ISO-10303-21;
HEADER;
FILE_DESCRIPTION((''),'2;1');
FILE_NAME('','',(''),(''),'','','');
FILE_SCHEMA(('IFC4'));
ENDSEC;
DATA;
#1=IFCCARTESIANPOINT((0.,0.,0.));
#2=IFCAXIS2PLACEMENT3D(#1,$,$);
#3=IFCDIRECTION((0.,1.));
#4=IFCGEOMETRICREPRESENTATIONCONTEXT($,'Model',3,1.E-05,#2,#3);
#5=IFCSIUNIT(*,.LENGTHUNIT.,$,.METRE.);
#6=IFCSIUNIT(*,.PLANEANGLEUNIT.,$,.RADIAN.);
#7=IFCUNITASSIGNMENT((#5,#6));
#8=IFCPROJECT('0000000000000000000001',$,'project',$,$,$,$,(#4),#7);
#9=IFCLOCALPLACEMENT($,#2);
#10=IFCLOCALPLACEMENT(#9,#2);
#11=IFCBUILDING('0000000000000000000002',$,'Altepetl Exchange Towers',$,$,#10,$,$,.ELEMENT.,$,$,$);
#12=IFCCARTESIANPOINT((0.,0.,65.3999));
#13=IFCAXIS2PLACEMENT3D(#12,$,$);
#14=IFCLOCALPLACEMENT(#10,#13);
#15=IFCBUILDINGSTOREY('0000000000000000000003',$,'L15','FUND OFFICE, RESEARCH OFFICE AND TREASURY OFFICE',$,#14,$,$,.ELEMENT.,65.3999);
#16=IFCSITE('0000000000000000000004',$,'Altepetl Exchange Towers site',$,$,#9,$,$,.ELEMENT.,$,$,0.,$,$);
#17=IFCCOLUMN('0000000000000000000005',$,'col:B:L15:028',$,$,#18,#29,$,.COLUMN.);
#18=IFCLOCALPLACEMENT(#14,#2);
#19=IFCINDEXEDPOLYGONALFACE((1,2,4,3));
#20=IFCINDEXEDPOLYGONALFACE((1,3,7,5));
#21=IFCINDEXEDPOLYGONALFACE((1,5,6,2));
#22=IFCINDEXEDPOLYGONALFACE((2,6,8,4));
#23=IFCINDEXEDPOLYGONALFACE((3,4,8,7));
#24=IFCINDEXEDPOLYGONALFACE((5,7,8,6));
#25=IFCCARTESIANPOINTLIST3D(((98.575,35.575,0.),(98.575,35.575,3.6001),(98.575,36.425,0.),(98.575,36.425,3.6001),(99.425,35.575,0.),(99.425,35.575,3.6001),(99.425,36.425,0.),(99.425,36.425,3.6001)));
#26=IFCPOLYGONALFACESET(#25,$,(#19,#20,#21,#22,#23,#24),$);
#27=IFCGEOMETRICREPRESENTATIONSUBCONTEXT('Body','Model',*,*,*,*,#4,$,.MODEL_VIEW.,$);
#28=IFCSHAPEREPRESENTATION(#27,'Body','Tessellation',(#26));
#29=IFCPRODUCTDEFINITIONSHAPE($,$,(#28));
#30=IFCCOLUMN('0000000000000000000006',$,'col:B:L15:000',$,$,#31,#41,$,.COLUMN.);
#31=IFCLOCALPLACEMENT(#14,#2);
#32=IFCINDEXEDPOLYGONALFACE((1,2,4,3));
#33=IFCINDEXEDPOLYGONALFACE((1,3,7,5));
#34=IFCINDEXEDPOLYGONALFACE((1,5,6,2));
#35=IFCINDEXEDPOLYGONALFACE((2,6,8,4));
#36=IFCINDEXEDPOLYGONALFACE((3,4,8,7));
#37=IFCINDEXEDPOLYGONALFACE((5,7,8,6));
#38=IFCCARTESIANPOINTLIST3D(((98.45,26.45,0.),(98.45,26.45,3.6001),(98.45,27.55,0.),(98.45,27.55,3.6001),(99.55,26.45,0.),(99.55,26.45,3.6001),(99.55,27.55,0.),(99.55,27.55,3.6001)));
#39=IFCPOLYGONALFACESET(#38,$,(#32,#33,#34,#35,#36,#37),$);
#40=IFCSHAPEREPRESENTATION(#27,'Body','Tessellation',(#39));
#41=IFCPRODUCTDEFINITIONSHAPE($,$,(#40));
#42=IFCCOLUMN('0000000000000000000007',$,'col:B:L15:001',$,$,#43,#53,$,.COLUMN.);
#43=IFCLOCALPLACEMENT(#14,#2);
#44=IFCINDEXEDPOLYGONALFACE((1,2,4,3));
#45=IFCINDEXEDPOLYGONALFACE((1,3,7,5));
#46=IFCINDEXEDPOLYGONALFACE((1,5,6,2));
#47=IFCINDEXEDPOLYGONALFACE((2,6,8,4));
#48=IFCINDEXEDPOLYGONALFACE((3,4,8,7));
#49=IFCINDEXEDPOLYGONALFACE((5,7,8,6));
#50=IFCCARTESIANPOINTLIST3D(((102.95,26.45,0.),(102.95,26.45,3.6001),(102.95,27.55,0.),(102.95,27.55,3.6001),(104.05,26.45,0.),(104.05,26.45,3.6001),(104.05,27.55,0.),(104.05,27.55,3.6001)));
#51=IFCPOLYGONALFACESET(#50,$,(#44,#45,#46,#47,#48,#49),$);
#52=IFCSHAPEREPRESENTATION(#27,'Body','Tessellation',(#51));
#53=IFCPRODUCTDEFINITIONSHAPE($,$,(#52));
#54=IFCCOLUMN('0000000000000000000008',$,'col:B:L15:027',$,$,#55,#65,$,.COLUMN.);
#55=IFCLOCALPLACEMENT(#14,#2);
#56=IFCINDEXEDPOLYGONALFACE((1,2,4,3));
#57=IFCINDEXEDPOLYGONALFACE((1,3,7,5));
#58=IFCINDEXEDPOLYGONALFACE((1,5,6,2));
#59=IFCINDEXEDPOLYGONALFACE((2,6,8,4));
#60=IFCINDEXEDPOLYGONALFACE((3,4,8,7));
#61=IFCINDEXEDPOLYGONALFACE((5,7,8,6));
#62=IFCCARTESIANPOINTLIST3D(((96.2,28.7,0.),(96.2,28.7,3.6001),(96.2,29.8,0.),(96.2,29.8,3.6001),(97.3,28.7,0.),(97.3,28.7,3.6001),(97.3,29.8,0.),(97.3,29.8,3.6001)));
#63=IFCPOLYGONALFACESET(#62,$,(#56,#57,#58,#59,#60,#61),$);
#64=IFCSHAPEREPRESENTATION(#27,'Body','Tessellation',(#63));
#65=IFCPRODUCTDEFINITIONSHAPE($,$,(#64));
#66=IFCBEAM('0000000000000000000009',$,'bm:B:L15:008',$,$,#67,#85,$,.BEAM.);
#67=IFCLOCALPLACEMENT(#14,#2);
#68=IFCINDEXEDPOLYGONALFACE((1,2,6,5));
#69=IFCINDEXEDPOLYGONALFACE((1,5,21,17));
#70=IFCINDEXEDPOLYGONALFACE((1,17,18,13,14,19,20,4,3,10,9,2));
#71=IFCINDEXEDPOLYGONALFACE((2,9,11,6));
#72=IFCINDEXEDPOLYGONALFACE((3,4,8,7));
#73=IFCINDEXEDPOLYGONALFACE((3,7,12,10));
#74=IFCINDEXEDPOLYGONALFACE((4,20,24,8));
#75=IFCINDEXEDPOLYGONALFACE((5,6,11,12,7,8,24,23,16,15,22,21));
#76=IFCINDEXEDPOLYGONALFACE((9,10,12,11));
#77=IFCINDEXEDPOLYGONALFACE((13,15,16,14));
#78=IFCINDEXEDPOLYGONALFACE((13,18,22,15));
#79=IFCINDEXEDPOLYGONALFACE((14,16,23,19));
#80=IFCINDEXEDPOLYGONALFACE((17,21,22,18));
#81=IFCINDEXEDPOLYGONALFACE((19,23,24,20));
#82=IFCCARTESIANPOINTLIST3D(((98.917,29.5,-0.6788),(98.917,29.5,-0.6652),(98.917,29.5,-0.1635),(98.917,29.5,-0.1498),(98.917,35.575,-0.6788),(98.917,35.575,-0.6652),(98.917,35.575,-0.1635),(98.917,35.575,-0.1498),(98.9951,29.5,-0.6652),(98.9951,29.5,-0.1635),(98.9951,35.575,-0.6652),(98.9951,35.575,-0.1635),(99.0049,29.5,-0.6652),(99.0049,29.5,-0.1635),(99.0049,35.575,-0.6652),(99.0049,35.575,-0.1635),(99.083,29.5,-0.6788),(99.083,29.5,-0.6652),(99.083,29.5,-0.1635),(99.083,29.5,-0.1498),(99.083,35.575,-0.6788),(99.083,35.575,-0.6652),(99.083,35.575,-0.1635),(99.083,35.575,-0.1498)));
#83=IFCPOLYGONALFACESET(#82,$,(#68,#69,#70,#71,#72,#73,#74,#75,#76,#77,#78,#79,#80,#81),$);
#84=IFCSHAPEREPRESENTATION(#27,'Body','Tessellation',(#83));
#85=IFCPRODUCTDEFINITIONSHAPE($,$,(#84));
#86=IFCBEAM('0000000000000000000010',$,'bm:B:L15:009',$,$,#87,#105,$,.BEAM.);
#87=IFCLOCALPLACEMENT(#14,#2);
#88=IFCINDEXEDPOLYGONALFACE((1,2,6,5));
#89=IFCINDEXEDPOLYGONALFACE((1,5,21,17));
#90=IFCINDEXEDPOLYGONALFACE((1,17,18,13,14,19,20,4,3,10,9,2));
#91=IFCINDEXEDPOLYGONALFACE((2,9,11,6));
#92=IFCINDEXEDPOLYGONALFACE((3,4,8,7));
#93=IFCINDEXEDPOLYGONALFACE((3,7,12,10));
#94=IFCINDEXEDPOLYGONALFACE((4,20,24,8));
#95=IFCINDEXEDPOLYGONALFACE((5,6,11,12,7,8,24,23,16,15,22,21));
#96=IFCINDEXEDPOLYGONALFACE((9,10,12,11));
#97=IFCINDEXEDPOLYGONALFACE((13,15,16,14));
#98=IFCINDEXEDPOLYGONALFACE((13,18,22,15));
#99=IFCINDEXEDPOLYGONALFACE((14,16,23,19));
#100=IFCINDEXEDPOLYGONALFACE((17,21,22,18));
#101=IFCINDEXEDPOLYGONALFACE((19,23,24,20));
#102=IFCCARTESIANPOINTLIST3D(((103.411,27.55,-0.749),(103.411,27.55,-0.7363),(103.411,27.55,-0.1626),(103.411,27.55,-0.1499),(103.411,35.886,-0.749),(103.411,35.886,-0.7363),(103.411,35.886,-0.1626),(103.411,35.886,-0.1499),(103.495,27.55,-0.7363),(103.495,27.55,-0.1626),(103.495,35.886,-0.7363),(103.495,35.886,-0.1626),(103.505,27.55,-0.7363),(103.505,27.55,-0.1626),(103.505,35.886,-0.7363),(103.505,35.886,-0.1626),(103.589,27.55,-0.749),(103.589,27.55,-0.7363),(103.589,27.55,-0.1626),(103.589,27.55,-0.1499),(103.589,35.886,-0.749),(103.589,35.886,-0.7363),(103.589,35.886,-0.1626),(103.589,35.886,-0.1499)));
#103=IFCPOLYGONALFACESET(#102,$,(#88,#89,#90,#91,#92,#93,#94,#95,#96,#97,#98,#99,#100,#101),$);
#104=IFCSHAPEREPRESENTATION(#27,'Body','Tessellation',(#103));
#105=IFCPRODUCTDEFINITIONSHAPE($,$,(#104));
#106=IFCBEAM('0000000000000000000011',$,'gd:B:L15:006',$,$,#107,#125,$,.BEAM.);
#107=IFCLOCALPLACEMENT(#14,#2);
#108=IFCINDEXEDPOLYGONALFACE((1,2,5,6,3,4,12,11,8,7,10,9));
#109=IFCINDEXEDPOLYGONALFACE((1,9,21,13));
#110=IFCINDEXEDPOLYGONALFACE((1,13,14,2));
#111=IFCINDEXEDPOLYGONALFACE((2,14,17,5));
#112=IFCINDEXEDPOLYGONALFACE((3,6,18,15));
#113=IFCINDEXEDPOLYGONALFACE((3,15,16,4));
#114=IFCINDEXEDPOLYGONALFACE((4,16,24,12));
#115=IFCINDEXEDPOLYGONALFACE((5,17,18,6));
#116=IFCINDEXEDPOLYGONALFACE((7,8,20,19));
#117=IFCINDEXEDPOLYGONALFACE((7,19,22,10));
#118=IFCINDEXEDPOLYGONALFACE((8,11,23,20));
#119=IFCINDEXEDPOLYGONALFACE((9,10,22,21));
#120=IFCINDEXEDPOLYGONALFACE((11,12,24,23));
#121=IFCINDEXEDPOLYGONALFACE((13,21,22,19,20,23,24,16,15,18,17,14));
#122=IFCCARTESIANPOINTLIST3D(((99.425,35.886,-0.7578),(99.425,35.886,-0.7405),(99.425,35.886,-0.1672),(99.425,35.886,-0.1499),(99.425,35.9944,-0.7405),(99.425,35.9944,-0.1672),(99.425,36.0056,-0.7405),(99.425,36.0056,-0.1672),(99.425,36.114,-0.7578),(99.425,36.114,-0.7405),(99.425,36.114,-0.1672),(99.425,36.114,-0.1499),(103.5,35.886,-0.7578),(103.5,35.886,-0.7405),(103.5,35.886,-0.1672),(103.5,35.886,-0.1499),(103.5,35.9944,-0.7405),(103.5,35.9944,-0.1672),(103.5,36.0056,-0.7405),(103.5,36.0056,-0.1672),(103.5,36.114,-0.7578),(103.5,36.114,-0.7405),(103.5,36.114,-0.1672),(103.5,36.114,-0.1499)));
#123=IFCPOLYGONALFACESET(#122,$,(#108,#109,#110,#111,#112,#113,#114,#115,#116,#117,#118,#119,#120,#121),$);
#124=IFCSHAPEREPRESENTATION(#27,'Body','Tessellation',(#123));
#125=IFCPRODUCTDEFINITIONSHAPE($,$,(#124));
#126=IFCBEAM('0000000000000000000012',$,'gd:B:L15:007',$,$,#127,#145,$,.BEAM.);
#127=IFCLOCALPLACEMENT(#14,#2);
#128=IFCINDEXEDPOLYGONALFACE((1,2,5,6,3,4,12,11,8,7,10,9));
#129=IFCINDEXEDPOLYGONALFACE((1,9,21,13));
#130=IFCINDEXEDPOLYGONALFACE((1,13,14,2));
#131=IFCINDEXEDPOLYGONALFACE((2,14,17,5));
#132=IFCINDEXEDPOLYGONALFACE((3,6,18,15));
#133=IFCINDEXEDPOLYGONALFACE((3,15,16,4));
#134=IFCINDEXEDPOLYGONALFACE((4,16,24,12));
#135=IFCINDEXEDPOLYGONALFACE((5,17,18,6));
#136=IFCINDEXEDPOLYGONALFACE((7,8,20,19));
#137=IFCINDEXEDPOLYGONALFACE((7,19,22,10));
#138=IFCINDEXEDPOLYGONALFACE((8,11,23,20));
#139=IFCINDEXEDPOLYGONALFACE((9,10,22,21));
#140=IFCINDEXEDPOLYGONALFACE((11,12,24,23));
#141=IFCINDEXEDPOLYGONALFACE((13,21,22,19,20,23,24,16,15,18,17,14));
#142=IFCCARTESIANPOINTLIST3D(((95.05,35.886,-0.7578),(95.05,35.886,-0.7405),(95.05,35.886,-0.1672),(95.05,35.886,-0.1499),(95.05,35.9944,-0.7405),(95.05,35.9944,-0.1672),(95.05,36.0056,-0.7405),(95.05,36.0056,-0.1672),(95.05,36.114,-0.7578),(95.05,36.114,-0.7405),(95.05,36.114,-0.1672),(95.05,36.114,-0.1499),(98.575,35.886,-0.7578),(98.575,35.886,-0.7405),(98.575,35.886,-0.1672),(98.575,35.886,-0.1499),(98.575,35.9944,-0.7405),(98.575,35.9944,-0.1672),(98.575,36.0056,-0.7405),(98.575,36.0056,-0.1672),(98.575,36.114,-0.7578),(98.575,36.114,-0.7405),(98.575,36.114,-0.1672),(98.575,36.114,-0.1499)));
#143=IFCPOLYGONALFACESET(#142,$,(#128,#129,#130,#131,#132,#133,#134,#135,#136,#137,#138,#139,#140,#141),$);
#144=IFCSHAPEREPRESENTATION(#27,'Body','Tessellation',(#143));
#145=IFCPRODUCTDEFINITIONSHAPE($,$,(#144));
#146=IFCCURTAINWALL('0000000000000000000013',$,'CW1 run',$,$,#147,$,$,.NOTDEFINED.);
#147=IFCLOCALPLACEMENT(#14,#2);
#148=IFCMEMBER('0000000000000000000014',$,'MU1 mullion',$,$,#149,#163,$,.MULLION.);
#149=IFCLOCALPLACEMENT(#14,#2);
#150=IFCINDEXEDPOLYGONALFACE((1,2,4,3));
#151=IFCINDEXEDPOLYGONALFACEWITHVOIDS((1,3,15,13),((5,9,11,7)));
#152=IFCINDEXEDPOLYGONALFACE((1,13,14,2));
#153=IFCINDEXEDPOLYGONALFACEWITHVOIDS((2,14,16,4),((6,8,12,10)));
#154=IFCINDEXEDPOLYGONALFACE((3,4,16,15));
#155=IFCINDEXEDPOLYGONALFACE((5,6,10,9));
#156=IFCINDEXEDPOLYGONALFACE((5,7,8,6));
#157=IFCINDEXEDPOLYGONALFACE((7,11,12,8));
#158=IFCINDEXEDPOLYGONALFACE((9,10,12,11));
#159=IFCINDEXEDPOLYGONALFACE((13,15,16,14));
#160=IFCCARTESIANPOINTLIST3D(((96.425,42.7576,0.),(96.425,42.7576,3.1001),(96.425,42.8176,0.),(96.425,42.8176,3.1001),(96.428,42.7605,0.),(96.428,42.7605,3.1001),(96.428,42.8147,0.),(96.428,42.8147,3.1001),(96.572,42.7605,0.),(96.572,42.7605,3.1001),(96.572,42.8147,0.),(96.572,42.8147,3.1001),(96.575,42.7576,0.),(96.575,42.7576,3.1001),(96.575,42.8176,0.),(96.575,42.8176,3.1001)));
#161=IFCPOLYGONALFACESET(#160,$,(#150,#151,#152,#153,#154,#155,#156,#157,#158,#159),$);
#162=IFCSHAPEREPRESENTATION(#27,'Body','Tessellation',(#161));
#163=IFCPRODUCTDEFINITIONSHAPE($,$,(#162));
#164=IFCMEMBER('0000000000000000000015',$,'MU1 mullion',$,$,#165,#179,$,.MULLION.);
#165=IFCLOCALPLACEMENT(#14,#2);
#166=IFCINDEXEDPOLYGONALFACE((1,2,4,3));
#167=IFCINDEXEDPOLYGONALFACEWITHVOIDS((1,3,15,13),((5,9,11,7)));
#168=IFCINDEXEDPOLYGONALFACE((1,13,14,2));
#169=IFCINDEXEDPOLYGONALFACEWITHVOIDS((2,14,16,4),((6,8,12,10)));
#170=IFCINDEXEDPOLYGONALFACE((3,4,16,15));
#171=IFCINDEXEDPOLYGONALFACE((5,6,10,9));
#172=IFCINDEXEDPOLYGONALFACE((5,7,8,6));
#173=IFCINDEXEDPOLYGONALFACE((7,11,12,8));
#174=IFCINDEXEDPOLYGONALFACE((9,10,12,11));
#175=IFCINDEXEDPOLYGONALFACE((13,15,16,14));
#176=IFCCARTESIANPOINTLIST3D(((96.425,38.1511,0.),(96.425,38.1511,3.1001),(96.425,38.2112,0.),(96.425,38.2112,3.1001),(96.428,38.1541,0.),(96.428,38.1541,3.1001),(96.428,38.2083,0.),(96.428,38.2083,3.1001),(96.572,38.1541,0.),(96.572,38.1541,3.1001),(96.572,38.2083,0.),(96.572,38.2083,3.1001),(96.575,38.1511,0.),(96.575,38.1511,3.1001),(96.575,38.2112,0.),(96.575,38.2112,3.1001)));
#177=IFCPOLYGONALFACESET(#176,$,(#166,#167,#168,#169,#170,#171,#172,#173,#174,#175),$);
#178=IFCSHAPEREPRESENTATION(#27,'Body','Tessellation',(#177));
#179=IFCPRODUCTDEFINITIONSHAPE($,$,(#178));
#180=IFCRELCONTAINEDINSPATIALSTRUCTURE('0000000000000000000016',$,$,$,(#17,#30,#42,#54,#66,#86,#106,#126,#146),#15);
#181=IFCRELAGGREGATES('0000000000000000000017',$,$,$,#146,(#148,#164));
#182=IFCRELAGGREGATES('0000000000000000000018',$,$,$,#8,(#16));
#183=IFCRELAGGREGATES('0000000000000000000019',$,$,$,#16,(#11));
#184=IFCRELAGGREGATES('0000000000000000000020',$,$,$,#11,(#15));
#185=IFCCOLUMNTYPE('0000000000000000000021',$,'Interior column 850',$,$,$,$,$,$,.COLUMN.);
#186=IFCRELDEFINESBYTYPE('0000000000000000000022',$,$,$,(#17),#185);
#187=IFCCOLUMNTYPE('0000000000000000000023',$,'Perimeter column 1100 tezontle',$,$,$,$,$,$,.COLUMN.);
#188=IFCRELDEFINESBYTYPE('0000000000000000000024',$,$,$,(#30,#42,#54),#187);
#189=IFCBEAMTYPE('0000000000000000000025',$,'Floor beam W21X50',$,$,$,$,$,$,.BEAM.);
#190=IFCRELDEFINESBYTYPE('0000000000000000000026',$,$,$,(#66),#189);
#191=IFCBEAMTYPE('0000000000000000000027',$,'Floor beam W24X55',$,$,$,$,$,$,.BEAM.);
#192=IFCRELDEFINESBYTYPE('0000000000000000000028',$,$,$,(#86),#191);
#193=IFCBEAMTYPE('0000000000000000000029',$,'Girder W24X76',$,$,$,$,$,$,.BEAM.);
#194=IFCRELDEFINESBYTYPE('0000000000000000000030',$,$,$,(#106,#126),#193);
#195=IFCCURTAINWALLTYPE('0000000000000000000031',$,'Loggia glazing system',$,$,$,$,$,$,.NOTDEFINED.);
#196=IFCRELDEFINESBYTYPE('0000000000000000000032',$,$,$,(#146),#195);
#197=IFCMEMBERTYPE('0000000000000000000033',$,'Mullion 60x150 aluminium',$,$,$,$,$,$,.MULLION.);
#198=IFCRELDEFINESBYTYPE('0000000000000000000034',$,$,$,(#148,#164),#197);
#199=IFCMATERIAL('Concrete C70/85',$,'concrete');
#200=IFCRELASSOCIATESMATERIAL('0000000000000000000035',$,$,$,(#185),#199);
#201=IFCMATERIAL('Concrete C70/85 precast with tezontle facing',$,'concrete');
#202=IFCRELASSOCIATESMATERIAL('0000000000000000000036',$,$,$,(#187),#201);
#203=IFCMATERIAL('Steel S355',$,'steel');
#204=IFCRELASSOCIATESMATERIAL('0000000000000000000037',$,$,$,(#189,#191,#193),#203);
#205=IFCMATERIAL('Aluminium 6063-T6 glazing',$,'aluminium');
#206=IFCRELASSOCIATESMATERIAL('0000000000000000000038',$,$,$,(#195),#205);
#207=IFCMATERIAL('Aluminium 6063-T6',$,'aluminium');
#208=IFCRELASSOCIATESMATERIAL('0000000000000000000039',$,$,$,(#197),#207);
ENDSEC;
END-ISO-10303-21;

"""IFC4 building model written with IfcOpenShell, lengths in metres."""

from ifc_helpers import new_model, si_unit, direction, frame, origin, origin_2d, place, context, subcontext, project, spatial, rectangle, hollow_rectangle, i_section, extrude, material, material_profile, profile_set, type_object, element, aggregate, save


model = new_model("IFC4")

# Units and contexts
model_context = context("Model", 3, precision=1e-05, world=origin(), true_north=direction((0.0, 1.0)))
body_context = subcontext(model_context, "Body", "Model", "MODEL_VIEW")
ifc_project = project(units=[si_unit("LENGTHUNIT", "METRE"), si_unit("PLANEANGLEUNIT", "RADIAN")], contexts=[model_context])

# Site, building, storey
site_placement = place(None, origin())
site = spatial("IfcSite", under=ifc_project, at=site_placement, Name="Altepetl Exchange Towers site", CompositionType="ELEMENT", RefElevation=0.0)
building_placement = place(site_placement, origin())
building = spatial("IfcBuilding", under=site, at=building_placement, Name="Altepetl Exchange Towers", CompositionType="ELEMENT")
storey_placement = place(building_placement, frame((0.0, 0.0, 65.3999)))
storey = spatial("IfcBuildingStorey", under=building, at=storey_placement, Name="L15", Description="FUND OFFICE, RESEARCH OFFICE AND TREASURY OFFICE", CompositionType="ELEMENT", Elevation=65.3999)

# Columns
ifc_material_1 = material(Name="Concrete C70/85", Category="concrete")
ifc_material_profile_1 = material_profile(ifc_material_1, rectangle(XDim=0.8501, YDim=0.8501, at=origin_2d()), Name="850 x 850")
ifc_profile_set_1 = profile_set([ifc_material_profile_1], Name="Concrete C70/85")
column_type_1 = type_object("IfcColumnType", Name="Interior column 850", PredefinedType="COLUMN", material=ifc_profile_set_1)
column_placement = place(storey_placement, frame((99.0, 36.0, 0.0)))
element("IfcColumn", 1, at=column_placement, inside=storey, type_object=column_type_1, Name="col:B:L15:028", PredefinedType="COLUMN", context=body_context, shape_type="SweptSolid", body=[
    extrude(rectangle(XDim=0.8501, YDim=0.8501, at=origin_2d()), origin(), (0.0, 0.0, 1.0), 3.6001),
])
ifc_material_2 = material(Name="Concrete C70/85 precast with tezontle facing", Category="concrete")
ifc_material_profile_2 = material_profile(ifc_material_2, rectangle(XDim=1.1001, YDim=1.1001, at=origin_2d()), Name="1100 x 1100")
ifc_profile_set_2 = profile_set([ifc_material_profile_2], Name="Concrete C70/85 precast with tezontle facing")
column_type_2 = type_object("IfcColumnType", Name="Perimeter column 1100 tezontle", PredefinedType="COLUMN", material=ifc_profile_set_2)
for number, where, name in (
    (2, (99.0, 27.0, 0.0), "col:B:L15:000"),
    (3, (103.5, 27.0, 0.0), "col:B:L15:001"),
    (4, (96.75, 29.25, 0.0), "col:B:L15:027"),
):
    element("IfcColumn", number, at=place(storey_placement, frame(where)), inside=storey, type_object=column_type_2, Name=name, PredefinedType="COLUMN", context=body_context, shape_type="SweptSolid", body=[
        extrude(rectangle(XDim=1.1001, YDim=1.1001, at=origin_2d()), origin(), (0.0, 0.0, 1.0), 3.6001),
    ])

# Beams
ifc_material_3 = material(Name="Steel S355", Category="steel")
ifc_material_profile_3 = material_profile(ifc_material_3, i_section(OverallWidth=0.166, OverallDepth=0.5291, WebThickness=0.0098, FlangeThickness=0.0137, at=origin_2d()), Name="W21X50")
ifc_profile_set_3 = profile_set([ifc_material_profile_3], Name="Steel S355")
beam_type_1 = type_object("IfcBeamType", Name="Floor beam W21X50", PredefinedType="BEAM", material=ifc_profile_set_3)
beam_1_placement = place(storey_placement, frame((99.0, 29.5, -0.4143), z_axis=(0.0, 1.0, 0.0), x_axis=(-1.0, 0.0, 0.0)))
element("IfcBeam", 5, at=beam_1_placement, inside=storey, type_object=beam_type_1, Name="bm:B:L15:008", PredefinedType="BEAM", context=body_context, shape_type="SweptSolid", body=[
    extrude(i_section(OverallWidth=0.166, OverallDepth=0.5291, WebThickness=0.0098, FlangeThickness=0.0137, at=origin_2d()), origin(), (0.0, 0.0, 1.0), 6.075),
])
ifc_material_profile_4 = material_profile(ifc_material_3, i_section(OverallWidth=0.178, OverallDepth=0.5991, WebThickness=0.01, FlangeThickness=0.0127, at=origin_2d()), Name="W24X55")
ifc_profile_set_4 = profile_set([ifc_material_profile_4], Name="Steel S355")
beam_type_2 = type_object("IfcBeamType", Name="Floor beam W24X55", PredefinedType="BEAM", material=ifc_profile_set_4)
beam_2_placement = place(storey_placement, frame((103.5, 27.55, -0.4495), z_axis=(0.0, 1.0, 0.0), x_axis=(-1.0, 0.0, 0.0)))
element("IfcBeam", 6, at=beam_2_placement, inside=storey, type_object=beam_type_2, Name="bm:B:L15:009", PredefinedType="BEAM", context=body_context, shape_type="SweptSolid", body=[
    extrude(i_section(OverallWidth=0.178, OverallDepth=0.5991, WebThickness=0.01, FlangeThickness=0.0127, at=origin_2d()), origin(), (0.0, 0.0, 1.0), 8.3359),
])
ifc_material_profile_5 = material_profile(ifc_material_3, i_section(OverallWidth=0.228, OverallDepth=0.6079, WebThickness=0.0112, FlangeThickness=0.0173, at=origin_2d()), Name="W24X76")
ifc_profile_set_5 = profile_set([ifc_material_profile_5], Name="Steel S355")
beam_type_3 = type_object("IfcBeamType", Name="Girder W24X76", PredefinedType="BEAM", material=ifc_profile_set_5)
beam_3_placement = place(storey_placement, frame((103.5, 36.0, -0.4539), z_axis=(-1.0, 0.0, 0.0), x_axis=(0.0, -1.0, 0.0)))
element("IfcBeam", 7, at=beam_3_placement, inside=storey, type_object=beam_type_3, Name="gd:B:L15:006", PredefinedType="BEAM", context=body_context, shape_type="SweptSolid", body=[
    extrude(i_section(OverallWidth=0.228, OverallDepth=0.6079, WebThickness=0.0112, FlangeThickness=0.0173, at=origin_2d()), origin(), (0.0, 0.0, 1.0), 4.075),
])
beam_4_placement = place(storey_placement, frame((98.575, 36.0, -0.4539), z_axis=(-1.0, 0.0, 0.0), x_axis=(0.0, -1.0, 0.0)))
element("IfcBeam", 8, at=beam_4_placement, inside=storey, type_object=beam_type_3, Name="gd:B:L15:007", PredefinedType="BEAM", context=body_context, shape_type="SweptSolid", body=[
    extrude(i_section(OverallWidth=0.228, OverallDepth=0.6079, WebThickness=0.0112, FlangeThickness=0.0173, at=origin_2d()), origin(), (0.0, 0.0, 1.0), 3.5249),
])

# Curtain wall, members
ifc_material_4 = material(Name="Aluminium 6063-T6 glazing", Category="aluminium")
curtain_wall_type = type_object("IfcCurtainWallType", Name="Loggia glazing system", PredefinedType="NOTDEFINED", material=ifc_material_4)
curtain_wall_1_placement = place(storey_placement, origin())
curtain_wall_1 = element("IfcCurtainWall", 9, at=curtain_wall_1_placement, inside=storey, type_object=curtain_wall_type, Name="CW1 run", PredefinedType="NOTDEFINED")
ifc_material_5 = material(Name="Aluminium 6063-T6", Category="aluminium")
ifc_material_profile_6 = material_profile(ifc_material_5, hollow_rectangle(XDim=0.0601, YDim=0.1499, WallThickness=0.0029, at=origin_2d()), Name="Mullion 60x150 aluminium")
ifc_profile_set_6 = profile_set([ifc_material_profile_6], Name="Aluminium 6063-T6")
member_type = type_object("IfcMemberType", Name="Mullion 60x150 aluminium", PredefinedType="MULLION", material=ifc_profile_set_6)
member_1_placement = place(storey_placement, frame((96.5, 42.7876, 0.0), z_axis=(0.0, 0.0, 1.0), x_axis=(0.0, -1.0, 0.0)))
member_1 = element("IfcMember", 10, at=member_1_placement, type_object=member_type, Name="MU1 mullion", PredefinedType="MULLION", context=body_context, shape_type="SweptSolid", body=[
    extrude(hollow_rectangle(XDim=0.0601, YDim=0.1499, WallThickness=0.0029, at=origin_2d()), origin(), (0.0, 0.0, 1.0), 3.1001),
])
member_2_placement = place(storey_placement, frame((96.5, 38.1812, 0.0), z_axis=(0.0, 0.0, 1.0), x_axis=(0.0, -1.0, 0.0)))
member_2 = element("IfcMember", 11, at=member_2_placement, type_object=member_type, Name="MU1 mullion", PredefinedType="MULLION", context=body_context, shape_type="SweptSolid", body=[
    extrude(hollow_rectangle(XDim=0.0601, YDim=0.1499, WallThickness=0.0029, at=origin_2d()), origin(), (0.0, 0.0, 1.0), 3.1001),
])

aggregate(curtain_wall_1, [member_1, member_2])

save(model, "model.ifc")
